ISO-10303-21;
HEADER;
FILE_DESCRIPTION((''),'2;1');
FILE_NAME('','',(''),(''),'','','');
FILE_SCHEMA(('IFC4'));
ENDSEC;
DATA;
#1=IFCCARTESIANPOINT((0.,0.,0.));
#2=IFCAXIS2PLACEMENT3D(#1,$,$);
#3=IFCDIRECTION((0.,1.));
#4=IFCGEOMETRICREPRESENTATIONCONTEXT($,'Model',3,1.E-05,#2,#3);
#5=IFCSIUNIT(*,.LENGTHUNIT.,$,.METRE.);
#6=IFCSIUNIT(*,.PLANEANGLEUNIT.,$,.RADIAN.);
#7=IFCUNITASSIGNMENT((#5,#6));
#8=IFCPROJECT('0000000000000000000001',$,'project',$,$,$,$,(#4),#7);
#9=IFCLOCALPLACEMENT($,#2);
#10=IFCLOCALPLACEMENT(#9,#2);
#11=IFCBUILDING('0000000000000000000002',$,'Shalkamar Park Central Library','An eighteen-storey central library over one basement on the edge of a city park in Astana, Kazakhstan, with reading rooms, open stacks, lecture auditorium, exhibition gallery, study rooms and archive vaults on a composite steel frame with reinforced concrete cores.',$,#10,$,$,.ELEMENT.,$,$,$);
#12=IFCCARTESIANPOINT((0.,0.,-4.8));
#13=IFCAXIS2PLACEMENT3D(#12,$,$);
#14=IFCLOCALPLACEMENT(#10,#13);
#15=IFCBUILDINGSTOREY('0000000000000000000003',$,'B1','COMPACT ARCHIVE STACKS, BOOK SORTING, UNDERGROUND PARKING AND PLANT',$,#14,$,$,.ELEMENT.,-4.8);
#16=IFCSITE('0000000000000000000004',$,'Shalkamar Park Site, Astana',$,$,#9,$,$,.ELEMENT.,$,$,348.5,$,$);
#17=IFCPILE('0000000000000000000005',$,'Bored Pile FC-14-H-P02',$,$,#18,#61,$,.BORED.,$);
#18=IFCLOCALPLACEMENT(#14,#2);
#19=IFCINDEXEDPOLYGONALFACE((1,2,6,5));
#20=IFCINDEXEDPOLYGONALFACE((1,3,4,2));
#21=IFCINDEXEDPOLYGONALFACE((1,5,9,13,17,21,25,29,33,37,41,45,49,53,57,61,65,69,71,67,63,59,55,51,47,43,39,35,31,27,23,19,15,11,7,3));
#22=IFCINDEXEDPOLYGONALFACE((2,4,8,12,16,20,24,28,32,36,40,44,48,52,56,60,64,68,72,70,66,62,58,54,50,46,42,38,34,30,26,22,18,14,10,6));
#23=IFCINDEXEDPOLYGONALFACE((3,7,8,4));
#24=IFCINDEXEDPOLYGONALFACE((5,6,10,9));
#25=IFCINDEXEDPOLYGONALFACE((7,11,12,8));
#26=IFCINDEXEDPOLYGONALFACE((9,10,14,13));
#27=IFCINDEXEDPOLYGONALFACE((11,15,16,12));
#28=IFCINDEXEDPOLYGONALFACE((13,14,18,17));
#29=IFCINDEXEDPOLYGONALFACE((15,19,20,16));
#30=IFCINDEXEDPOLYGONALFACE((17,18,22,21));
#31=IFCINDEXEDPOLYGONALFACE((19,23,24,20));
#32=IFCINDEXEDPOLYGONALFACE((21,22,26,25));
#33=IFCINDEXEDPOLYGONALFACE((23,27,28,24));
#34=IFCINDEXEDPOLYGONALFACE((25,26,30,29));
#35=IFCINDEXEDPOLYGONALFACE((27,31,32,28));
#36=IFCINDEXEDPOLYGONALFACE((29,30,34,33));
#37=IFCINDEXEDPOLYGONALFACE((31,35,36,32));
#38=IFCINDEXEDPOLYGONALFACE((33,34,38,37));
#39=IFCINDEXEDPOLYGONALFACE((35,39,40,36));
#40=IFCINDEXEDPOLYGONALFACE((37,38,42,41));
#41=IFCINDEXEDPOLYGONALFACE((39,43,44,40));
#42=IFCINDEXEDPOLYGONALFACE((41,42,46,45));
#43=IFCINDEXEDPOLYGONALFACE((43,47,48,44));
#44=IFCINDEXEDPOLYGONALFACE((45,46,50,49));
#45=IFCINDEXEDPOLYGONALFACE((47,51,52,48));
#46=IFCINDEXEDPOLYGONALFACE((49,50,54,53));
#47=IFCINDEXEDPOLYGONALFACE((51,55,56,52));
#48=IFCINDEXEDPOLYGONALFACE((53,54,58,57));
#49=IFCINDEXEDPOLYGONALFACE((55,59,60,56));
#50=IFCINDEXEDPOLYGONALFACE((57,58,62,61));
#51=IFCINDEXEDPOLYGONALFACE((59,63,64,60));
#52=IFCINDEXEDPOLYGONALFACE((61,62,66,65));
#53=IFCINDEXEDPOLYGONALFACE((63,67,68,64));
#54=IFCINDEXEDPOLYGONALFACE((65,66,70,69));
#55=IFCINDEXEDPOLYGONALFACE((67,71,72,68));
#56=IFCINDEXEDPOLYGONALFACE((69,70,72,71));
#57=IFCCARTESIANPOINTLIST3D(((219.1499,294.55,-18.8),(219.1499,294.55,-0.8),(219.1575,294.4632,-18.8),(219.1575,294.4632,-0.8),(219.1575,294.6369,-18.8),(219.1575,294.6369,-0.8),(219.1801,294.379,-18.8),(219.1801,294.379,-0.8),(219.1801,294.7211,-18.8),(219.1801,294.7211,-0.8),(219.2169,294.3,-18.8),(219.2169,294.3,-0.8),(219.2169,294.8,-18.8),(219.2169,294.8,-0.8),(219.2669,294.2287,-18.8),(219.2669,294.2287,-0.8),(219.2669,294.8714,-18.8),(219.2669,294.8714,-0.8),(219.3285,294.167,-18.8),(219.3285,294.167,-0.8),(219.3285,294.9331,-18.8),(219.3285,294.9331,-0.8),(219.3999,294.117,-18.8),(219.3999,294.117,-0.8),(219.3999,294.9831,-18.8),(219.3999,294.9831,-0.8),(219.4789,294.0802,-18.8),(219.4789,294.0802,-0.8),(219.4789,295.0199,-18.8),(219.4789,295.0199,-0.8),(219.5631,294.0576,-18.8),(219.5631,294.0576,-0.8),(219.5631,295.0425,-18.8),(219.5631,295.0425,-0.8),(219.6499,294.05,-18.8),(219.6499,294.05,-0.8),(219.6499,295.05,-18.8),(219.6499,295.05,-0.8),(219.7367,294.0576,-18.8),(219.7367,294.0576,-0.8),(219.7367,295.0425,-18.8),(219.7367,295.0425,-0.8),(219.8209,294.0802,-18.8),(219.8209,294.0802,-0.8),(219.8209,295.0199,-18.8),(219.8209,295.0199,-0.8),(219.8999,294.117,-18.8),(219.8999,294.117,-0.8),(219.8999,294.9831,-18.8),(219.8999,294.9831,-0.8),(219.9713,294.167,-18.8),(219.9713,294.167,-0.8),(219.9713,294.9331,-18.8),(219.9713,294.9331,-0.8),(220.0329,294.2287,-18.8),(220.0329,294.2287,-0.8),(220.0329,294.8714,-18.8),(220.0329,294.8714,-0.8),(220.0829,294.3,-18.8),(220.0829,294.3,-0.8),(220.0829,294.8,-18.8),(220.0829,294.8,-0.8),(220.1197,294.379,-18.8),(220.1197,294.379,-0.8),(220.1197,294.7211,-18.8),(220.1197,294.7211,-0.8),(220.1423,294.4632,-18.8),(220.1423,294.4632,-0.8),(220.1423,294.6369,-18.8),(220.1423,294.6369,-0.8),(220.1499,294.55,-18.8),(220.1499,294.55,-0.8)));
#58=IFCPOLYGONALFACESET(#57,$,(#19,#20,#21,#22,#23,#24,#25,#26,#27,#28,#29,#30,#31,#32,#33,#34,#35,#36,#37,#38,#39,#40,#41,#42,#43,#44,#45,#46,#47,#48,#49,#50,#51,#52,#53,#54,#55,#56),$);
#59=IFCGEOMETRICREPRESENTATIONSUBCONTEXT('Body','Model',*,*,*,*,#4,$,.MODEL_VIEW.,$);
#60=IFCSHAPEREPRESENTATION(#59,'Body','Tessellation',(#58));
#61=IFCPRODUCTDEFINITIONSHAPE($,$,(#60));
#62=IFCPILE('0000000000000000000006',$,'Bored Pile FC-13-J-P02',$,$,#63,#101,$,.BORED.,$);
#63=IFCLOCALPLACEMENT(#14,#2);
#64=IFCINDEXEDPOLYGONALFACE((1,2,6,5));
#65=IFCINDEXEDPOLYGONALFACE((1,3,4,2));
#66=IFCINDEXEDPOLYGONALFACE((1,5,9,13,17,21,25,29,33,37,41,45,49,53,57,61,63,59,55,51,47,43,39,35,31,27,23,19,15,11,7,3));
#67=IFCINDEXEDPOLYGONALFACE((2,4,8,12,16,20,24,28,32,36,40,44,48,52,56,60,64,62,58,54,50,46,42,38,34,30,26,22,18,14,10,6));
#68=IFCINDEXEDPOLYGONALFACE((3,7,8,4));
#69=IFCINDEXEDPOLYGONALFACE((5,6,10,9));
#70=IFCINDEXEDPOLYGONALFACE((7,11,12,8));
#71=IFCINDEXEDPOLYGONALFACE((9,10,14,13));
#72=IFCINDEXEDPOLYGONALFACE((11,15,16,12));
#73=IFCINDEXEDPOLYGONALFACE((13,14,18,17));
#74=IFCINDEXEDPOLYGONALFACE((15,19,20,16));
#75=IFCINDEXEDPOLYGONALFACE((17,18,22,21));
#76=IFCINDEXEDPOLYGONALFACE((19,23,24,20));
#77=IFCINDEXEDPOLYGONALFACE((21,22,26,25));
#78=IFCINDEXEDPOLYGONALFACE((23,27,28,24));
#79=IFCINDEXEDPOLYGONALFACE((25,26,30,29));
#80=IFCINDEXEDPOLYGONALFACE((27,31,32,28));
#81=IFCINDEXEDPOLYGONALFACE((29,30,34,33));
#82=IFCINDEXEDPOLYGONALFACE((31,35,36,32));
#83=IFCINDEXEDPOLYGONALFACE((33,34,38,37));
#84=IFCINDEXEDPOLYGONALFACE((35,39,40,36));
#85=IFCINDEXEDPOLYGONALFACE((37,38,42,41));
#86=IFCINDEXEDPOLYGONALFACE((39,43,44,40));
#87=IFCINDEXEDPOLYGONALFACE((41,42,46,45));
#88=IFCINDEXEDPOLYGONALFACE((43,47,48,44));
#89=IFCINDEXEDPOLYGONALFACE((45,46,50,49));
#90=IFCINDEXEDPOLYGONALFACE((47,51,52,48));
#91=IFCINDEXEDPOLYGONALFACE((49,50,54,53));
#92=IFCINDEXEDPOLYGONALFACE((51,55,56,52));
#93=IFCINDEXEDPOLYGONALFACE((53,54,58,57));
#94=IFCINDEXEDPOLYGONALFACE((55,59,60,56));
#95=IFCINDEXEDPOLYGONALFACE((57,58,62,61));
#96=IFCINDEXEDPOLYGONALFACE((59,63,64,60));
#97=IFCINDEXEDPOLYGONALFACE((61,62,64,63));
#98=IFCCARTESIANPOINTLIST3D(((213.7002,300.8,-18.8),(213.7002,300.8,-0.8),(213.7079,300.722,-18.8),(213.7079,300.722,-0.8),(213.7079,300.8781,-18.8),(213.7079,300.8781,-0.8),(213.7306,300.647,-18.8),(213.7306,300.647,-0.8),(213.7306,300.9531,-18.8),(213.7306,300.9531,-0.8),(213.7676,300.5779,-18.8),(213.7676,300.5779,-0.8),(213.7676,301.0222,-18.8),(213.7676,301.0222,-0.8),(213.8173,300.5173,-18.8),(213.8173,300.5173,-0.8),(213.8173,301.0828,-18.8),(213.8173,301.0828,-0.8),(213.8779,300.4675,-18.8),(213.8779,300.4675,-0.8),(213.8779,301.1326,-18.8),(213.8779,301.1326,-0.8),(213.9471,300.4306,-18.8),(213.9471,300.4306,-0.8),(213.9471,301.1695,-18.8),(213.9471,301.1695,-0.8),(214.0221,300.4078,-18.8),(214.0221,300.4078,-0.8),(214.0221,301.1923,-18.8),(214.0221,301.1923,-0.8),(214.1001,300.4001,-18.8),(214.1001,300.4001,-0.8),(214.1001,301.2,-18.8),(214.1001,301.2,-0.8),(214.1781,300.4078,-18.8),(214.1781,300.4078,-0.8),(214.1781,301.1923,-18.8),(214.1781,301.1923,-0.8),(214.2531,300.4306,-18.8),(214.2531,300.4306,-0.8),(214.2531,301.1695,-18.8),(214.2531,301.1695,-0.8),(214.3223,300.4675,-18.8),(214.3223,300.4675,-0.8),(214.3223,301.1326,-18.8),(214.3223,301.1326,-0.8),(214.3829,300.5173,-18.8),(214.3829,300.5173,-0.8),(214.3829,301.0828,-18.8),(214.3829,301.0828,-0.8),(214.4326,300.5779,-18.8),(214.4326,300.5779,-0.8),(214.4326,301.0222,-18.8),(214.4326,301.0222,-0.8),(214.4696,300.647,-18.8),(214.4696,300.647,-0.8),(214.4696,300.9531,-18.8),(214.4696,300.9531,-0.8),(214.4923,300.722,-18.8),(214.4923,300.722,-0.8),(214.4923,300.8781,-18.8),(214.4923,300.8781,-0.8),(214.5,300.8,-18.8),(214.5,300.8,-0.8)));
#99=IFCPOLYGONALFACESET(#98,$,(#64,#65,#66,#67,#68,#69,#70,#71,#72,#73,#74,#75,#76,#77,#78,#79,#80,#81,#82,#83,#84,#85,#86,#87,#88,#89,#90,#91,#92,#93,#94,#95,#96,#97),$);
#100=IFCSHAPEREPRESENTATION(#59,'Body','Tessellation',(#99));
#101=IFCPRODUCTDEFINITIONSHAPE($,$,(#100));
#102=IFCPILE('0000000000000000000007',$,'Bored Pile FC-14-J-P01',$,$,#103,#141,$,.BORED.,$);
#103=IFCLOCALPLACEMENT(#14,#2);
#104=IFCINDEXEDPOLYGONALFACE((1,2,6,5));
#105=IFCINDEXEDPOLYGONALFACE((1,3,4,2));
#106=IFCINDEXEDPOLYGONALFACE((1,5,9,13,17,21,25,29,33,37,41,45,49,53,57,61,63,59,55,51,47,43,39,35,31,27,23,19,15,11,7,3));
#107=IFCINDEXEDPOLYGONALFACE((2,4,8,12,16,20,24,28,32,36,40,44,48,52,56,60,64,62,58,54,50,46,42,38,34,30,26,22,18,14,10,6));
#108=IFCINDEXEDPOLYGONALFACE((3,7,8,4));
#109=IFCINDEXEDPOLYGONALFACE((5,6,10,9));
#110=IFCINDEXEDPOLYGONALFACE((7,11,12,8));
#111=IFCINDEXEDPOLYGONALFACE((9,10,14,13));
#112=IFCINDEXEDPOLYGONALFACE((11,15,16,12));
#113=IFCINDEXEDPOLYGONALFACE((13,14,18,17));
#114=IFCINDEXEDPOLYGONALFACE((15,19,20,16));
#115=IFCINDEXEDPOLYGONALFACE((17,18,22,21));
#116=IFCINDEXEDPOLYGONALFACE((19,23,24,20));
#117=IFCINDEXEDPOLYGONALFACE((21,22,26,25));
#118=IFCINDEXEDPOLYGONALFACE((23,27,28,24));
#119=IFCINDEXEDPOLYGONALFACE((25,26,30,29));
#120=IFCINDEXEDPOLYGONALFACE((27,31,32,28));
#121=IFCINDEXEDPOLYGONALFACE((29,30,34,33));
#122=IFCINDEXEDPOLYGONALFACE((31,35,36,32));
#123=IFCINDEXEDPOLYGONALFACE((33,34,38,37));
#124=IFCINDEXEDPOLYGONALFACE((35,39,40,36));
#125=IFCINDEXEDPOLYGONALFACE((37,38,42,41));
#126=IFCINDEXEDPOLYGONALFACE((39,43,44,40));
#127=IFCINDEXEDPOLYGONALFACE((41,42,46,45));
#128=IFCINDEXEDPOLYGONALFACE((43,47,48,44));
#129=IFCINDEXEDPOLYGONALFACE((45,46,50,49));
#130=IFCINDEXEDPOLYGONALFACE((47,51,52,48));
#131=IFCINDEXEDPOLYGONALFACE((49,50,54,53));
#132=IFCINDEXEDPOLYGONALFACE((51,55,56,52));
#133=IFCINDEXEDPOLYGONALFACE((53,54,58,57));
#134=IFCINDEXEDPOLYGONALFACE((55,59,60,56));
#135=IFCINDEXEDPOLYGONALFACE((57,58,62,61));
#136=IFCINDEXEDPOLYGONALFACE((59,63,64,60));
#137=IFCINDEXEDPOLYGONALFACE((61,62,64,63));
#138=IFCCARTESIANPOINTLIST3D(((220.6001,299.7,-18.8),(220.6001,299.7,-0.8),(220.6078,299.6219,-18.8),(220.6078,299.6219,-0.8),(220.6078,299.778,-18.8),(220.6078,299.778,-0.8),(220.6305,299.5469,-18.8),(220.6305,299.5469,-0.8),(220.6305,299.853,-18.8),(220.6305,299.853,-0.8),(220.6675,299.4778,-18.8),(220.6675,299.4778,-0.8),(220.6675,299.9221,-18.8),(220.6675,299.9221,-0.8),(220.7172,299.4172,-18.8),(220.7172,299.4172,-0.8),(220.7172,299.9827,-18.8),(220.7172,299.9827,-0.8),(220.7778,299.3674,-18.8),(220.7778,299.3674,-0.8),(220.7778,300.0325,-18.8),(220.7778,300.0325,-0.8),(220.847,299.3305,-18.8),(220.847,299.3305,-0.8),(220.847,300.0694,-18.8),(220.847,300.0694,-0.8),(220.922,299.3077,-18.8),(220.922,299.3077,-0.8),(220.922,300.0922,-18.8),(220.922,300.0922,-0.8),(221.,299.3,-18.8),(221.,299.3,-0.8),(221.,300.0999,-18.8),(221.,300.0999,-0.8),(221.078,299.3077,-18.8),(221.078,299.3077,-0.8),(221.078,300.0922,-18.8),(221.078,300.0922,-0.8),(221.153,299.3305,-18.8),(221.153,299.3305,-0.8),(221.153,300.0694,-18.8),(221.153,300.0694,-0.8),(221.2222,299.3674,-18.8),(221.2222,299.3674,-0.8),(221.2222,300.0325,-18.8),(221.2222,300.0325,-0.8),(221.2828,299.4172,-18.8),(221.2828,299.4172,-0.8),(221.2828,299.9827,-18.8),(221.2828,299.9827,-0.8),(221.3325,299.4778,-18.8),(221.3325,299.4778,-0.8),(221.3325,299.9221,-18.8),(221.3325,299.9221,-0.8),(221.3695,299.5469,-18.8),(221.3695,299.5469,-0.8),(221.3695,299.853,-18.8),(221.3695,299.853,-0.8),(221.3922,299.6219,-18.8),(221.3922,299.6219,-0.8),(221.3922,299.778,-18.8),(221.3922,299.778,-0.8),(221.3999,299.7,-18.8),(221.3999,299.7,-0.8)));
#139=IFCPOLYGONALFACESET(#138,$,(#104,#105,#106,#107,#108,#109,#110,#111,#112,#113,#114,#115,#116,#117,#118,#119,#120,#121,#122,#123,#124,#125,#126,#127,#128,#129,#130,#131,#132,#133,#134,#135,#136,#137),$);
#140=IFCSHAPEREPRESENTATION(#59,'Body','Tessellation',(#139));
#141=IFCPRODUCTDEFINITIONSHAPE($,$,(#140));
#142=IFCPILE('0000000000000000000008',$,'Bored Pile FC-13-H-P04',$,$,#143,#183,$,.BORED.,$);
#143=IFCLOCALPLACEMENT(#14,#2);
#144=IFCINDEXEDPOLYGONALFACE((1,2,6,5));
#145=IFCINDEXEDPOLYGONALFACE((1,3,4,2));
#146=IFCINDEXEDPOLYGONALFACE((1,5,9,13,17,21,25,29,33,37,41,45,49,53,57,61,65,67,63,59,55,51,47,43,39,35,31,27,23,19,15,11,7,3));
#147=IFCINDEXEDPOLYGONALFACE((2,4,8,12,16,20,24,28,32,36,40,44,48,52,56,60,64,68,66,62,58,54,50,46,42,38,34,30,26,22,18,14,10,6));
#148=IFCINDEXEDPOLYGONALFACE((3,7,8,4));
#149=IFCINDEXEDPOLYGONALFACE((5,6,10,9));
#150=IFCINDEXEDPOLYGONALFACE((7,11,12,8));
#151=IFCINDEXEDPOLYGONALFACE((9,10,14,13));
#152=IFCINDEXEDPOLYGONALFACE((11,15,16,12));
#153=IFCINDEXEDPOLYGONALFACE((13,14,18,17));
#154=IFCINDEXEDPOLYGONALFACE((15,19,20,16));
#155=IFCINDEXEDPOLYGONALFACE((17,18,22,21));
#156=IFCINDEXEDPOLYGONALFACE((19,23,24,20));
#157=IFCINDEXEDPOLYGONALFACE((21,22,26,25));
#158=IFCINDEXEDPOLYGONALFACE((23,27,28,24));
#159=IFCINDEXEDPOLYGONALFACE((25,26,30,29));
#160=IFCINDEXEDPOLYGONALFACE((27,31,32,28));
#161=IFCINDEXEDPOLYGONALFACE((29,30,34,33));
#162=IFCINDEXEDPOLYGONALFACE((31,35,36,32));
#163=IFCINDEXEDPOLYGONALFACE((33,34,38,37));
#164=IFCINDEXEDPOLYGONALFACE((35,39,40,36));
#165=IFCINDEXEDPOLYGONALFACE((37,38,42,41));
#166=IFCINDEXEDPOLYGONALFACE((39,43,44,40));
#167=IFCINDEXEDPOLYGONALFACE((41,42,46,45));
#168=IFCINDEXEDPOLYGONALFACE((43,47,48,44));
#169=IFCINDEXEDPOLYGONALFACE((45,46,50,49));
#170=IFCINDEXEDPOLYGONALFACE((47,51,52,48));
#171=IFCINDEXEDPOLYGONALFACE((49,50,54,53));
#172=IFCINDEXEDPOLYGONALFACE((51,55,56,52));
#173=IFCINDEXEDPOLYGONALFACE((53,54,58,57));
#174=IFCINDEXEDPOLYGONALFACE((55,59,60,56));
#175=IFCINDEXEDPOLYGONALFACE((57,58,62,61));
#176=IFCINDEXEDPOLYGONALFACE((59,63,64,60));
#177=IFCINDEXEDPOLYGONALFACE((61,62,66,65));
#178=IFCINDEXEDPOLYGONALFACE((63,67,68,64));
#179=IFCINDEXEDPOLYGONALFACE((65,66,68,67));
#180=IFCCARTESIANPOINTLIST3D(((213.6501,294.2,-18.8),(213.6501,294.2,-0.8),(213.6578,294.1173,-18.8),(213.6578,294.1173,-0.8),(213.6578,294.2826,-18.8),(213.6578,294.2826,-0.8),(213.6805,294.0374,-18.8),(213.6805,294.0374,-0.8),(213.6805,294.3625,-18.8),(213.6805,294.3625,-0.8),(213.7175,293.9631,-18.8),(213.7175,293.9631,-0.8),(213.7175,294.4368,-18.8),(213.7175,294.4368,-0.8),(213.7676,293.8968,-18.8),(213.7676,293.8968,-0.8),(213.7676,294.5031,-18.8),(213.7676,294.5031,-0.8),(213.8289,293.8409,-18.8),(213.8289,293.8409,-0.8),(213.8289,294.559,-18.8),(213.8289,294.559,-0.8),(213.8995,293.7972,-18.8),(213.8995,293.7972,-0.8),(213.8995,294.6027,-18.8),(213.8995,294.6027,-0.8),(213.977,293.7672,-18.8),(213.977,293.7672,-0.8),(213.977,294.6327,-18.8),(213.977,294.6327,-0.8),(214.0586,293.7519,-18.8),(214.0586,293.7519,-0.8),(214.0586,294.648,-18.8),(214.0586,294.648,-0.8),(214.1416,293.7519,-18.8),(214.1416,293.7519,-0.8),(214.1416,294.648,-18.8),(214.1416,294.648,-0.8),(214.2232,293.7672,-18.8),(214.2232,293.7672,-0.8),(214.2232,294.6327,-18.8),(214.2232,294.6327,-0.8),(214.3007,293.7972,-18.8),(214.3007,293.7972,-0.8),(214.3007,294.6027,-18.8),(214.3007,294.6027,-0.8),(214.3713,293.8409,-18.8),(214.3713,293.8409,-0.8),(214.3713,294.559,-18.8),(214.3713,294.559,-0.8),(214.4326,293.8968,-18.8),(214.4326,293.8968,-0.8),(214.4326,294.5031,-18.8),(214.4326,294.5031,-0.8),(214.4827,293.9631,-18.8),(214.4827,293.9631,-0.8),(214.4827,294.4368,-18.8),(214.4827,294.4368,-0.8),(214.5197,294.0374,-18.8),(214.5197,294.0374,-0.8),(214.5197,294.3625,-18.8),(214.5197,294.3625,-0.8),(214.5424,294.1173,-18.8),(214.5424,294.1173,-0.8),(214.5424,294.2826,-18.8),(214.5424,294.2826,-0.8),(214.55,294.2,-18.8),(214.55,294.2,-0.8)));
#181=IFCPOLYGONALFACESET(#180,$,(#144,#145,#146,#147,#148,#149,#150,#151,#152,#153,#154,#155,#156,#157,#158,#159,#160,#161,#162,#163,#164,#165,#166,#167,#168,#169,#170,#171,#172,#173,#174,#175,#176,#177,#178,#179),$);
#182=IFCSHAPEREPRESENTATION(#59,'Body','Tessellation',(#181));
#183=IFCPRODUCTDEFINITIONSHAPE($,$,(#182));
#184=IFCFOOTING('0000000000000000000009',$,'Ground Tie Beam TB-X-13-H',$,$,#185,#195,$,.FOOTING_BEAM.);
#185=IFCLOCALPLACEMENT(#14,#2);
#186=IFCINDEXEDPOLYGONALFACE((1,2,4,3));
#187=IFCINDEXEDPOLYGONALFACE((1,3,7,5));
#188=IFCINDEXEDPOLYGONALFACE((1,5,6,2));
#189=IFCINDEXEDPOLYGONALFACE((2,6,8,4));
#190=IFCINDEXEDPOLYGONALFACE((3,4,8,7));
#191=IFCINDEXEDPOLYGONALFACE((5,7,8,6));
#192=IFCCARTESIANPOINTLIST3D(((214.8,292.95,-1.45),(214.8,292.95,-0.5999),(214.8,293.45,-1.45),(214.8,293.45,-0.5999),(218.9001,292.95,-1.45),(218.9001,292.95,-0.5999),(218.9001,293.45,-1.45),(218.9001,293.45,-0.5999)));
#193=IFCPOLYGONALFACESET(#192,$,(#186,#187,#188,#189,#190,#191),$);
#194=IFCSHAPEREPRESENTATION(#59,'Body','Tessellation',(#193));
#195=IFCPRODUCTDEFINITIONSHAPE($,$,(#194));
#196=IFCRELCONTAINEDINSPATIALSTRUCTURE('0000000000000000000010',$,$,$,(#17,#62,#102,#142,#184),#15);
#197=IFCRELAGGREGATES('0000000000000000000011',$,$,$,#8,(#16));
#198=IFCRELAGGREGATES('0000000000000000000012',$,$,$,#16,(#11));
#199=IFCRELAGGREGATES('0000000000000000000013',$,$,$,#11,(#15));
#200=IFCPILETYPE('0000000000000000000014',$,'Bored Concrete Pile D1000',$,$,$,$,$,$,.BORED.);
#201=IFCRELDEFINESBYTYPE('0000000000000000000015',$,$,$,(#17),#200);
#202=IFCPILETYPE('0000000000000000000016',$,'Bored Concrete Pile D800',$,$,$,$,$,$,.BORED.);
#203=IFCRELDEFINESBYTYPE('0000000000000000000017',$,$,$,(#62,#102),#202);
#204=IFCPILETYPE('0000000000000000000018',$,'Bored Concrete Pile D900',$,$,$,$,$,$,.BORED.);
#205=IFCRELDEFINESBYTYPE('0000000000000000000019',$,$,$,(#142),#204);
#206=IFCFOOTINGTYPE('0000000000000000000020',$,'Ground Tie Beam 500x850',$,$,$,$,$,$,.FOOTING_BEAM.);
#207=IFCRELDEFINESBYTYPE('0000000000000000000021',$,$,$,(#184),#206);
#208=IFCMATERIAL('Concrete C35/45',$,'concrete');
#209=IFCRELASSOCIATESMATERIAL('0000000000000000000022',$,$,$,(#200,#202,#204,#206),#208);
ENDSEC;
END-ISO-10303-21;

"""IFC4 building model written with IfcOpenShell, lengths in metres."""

from ifc_helpers import new_model, si_unit, direction, frame, origin, origin_2d, place, context, subcontext, project, spatial, rectangle, circle, extrude, material, material_profile, profile_set, type_object, element, save


model = new_model("IFC4")

# Units and contexts
model_context = context("Model", 3, precision=1e-05, world=origin(), true_north=direction((0.0, 1.0)))
body_context = subcontext(model_context, "Body", "Model", "MODEL_VIEW")
ifc_project = project(units=[si_unit("LENGTHUNIT", "METRE"), si_unit("PLANEANGLEUNIT", "RADIAN")], contexts=[model_context])

# Site, building, storey
site_placement = place(None, origin())
site = spatial("IfcSite", under=ifc_project, at=site_placement, Name="Shalkamar Park Site, Astana", CompositionType="ELEMENT", RefElevation=348.5)
building_placement = place(site_placement, origin())
building = spatial("IfcBuilding", under=site, at=building_placement, Name="Shalkamar Park Central Library", Description="An eighteen-storey central library over one basement on the edge of a city park in Astana, Kazakhstan, with reading rooms, open stacks, lecture auditorium, exhibition gallery, study rooms and archive vaults on a composite steel frame with reinforced concrete cores.", CompositionType="ELEMENT")
storey_placement = place(building_placement, frame((0.0, 0.0, -4.8)))
storey = spatial("IfcBuildingStorey", under=building, at=storey_placement, Name="B1", Description="COMPACT ARCHIVE STACKS, BOOK SORTING, UNDERGROUND PARKING AND PLANT", CompositionType="ELEMENT", Elevation=-4.8)

# Piles
ifc_material_1 = material(Name="Concrete C35/45", Category="concrete")
ifc_material_profile_1 = material_profile(ifc_material_1, circle(Radius=0.5, at=origin_2d()), Name="PILE D1000")
ifc_profile_set_1 = profile_set([ifc_material_profile_1], Name="Concrete C35/45")
pile_type_1 = type_object("IfcPileType", Name="Bored Concrete Pile D1000", PredefinedType="BORED", material=ifc_profile_set_1)
pile_1_placement = place(storey_placement, frame((219.6499, 294.55, -0.8), z_axis=(0.0, 0.0, -1.0), x_axis=(1.0, 0.0, 0.0)))
element("IfcPile", 1, at=pile_1_placement, inside=storey, type_object=pile_type_1, Name="Bored Pile FC-14-H-P02", PredefinedType="BORED", context=body_context, shape_type="SweptSolid", body=[
    extrude(circle(Radius=0.5, at=origin_2d()), origin(), (0.0, 0.0, 1.0), 18.0),
])
ifc_material_profile_2 = material_profile(ifc_material_1, circle(Radius=0.3999, at=origin_2d()), Name="PILE D800")
ifc_profile_set_2 = profile_set([ifc_material_profile_2], Name="Concrete C35/45")
pile_type_2 = type_object("IfcPileType", Name="Bored Concrete Pile D800", PredefinedType="BORED", material=ifc_profile_set_2)
for number, where, z_axis, x_axis, name in (
    (2, (214.1001, 300.8, -0.8), (0.0, 0.0, -1.0), (1.0, 0.0, 0.0), "Bored Pile FC-13-J-P02"),
    (3, (221.0, 299.7, -0.8), (0.0, 0.0, -1.0), (1.0, 0.0, 0.0), "Bored Pile FC-14-J-P01"),
):
    element("IfcPile", number, at=place(storey_placement, frame(where, z_axis=z_axis, x_axis=x_axis)), inside=storey, type_object=pile_type_2, Name=name, PredefinedType="BORED", context=body_context, shape_type="SweptSolid", body=[
        extrude(circle(Radius=0.3999, at=origin_2d()), origin(), (0.0, 0.0, 1.0), 18.0),
    ])
ifc_material_profile_3 = material_profile(ifc_material_1, circle(Radius=0.45, at=origin_2d()), Name="PILE D900")
ifc_profile_set_3 = profile_set([ifc_material_profile_3], Name="Concrete C35/45")
pile_type_3 = type_object("IfcPileType", Name="Bored Concrete Pile D900", PredefinedType="BORED", material=ifc_profile_set_3)
pile_2_placement = place(storey_placement, frame((214.1001, 294.2, -0.8), z_axis=(0.0, 0.0, -1.0), x_axis=(1.0, 0.0, 0.0)))
element("IfcPile", 4, at=pile_2_placement, inside=storey, type_object=pile_type_3, Name="Bored Pile FC-13-H-P04", PredefinedType="BORED", context=body_context, shape_type="SweptSolid", body=[
    extrude(circle(Radius=0.45, at=origin_2d()), origin(), (0.0, 0.0, 1.0), 18.0),
])

# Footing
footing_type_1 = type_object("IfcFootingType", Name="Ground Tie Beam 500x850", PredefinedType="FOOTING_BEAM", material=ifc_material_1)
footing_1_placement = place(storey_placement, frame((216.8501, 293.2, -1.45), z_axis=(0.0, 0.0, 1.0), x_axis=(1.0, 0.0, 0.0)))
element("IfcFooting", 5, at=footing_1_placement, inside=storey, type_object=footing_type_1, Name="Ground Tie Beam TB-X-13-H", PredefinedType="FOOTING_BEAM", context=body_context, shape_type="SweptSolid", body=[
    extrude(rectangle(XDim=4.1001, YDim=0.5, at=origin_2d()), origin(), (0.0, 0.0, 1.0), 0.8501),
])

save(model, "model.ifc")
